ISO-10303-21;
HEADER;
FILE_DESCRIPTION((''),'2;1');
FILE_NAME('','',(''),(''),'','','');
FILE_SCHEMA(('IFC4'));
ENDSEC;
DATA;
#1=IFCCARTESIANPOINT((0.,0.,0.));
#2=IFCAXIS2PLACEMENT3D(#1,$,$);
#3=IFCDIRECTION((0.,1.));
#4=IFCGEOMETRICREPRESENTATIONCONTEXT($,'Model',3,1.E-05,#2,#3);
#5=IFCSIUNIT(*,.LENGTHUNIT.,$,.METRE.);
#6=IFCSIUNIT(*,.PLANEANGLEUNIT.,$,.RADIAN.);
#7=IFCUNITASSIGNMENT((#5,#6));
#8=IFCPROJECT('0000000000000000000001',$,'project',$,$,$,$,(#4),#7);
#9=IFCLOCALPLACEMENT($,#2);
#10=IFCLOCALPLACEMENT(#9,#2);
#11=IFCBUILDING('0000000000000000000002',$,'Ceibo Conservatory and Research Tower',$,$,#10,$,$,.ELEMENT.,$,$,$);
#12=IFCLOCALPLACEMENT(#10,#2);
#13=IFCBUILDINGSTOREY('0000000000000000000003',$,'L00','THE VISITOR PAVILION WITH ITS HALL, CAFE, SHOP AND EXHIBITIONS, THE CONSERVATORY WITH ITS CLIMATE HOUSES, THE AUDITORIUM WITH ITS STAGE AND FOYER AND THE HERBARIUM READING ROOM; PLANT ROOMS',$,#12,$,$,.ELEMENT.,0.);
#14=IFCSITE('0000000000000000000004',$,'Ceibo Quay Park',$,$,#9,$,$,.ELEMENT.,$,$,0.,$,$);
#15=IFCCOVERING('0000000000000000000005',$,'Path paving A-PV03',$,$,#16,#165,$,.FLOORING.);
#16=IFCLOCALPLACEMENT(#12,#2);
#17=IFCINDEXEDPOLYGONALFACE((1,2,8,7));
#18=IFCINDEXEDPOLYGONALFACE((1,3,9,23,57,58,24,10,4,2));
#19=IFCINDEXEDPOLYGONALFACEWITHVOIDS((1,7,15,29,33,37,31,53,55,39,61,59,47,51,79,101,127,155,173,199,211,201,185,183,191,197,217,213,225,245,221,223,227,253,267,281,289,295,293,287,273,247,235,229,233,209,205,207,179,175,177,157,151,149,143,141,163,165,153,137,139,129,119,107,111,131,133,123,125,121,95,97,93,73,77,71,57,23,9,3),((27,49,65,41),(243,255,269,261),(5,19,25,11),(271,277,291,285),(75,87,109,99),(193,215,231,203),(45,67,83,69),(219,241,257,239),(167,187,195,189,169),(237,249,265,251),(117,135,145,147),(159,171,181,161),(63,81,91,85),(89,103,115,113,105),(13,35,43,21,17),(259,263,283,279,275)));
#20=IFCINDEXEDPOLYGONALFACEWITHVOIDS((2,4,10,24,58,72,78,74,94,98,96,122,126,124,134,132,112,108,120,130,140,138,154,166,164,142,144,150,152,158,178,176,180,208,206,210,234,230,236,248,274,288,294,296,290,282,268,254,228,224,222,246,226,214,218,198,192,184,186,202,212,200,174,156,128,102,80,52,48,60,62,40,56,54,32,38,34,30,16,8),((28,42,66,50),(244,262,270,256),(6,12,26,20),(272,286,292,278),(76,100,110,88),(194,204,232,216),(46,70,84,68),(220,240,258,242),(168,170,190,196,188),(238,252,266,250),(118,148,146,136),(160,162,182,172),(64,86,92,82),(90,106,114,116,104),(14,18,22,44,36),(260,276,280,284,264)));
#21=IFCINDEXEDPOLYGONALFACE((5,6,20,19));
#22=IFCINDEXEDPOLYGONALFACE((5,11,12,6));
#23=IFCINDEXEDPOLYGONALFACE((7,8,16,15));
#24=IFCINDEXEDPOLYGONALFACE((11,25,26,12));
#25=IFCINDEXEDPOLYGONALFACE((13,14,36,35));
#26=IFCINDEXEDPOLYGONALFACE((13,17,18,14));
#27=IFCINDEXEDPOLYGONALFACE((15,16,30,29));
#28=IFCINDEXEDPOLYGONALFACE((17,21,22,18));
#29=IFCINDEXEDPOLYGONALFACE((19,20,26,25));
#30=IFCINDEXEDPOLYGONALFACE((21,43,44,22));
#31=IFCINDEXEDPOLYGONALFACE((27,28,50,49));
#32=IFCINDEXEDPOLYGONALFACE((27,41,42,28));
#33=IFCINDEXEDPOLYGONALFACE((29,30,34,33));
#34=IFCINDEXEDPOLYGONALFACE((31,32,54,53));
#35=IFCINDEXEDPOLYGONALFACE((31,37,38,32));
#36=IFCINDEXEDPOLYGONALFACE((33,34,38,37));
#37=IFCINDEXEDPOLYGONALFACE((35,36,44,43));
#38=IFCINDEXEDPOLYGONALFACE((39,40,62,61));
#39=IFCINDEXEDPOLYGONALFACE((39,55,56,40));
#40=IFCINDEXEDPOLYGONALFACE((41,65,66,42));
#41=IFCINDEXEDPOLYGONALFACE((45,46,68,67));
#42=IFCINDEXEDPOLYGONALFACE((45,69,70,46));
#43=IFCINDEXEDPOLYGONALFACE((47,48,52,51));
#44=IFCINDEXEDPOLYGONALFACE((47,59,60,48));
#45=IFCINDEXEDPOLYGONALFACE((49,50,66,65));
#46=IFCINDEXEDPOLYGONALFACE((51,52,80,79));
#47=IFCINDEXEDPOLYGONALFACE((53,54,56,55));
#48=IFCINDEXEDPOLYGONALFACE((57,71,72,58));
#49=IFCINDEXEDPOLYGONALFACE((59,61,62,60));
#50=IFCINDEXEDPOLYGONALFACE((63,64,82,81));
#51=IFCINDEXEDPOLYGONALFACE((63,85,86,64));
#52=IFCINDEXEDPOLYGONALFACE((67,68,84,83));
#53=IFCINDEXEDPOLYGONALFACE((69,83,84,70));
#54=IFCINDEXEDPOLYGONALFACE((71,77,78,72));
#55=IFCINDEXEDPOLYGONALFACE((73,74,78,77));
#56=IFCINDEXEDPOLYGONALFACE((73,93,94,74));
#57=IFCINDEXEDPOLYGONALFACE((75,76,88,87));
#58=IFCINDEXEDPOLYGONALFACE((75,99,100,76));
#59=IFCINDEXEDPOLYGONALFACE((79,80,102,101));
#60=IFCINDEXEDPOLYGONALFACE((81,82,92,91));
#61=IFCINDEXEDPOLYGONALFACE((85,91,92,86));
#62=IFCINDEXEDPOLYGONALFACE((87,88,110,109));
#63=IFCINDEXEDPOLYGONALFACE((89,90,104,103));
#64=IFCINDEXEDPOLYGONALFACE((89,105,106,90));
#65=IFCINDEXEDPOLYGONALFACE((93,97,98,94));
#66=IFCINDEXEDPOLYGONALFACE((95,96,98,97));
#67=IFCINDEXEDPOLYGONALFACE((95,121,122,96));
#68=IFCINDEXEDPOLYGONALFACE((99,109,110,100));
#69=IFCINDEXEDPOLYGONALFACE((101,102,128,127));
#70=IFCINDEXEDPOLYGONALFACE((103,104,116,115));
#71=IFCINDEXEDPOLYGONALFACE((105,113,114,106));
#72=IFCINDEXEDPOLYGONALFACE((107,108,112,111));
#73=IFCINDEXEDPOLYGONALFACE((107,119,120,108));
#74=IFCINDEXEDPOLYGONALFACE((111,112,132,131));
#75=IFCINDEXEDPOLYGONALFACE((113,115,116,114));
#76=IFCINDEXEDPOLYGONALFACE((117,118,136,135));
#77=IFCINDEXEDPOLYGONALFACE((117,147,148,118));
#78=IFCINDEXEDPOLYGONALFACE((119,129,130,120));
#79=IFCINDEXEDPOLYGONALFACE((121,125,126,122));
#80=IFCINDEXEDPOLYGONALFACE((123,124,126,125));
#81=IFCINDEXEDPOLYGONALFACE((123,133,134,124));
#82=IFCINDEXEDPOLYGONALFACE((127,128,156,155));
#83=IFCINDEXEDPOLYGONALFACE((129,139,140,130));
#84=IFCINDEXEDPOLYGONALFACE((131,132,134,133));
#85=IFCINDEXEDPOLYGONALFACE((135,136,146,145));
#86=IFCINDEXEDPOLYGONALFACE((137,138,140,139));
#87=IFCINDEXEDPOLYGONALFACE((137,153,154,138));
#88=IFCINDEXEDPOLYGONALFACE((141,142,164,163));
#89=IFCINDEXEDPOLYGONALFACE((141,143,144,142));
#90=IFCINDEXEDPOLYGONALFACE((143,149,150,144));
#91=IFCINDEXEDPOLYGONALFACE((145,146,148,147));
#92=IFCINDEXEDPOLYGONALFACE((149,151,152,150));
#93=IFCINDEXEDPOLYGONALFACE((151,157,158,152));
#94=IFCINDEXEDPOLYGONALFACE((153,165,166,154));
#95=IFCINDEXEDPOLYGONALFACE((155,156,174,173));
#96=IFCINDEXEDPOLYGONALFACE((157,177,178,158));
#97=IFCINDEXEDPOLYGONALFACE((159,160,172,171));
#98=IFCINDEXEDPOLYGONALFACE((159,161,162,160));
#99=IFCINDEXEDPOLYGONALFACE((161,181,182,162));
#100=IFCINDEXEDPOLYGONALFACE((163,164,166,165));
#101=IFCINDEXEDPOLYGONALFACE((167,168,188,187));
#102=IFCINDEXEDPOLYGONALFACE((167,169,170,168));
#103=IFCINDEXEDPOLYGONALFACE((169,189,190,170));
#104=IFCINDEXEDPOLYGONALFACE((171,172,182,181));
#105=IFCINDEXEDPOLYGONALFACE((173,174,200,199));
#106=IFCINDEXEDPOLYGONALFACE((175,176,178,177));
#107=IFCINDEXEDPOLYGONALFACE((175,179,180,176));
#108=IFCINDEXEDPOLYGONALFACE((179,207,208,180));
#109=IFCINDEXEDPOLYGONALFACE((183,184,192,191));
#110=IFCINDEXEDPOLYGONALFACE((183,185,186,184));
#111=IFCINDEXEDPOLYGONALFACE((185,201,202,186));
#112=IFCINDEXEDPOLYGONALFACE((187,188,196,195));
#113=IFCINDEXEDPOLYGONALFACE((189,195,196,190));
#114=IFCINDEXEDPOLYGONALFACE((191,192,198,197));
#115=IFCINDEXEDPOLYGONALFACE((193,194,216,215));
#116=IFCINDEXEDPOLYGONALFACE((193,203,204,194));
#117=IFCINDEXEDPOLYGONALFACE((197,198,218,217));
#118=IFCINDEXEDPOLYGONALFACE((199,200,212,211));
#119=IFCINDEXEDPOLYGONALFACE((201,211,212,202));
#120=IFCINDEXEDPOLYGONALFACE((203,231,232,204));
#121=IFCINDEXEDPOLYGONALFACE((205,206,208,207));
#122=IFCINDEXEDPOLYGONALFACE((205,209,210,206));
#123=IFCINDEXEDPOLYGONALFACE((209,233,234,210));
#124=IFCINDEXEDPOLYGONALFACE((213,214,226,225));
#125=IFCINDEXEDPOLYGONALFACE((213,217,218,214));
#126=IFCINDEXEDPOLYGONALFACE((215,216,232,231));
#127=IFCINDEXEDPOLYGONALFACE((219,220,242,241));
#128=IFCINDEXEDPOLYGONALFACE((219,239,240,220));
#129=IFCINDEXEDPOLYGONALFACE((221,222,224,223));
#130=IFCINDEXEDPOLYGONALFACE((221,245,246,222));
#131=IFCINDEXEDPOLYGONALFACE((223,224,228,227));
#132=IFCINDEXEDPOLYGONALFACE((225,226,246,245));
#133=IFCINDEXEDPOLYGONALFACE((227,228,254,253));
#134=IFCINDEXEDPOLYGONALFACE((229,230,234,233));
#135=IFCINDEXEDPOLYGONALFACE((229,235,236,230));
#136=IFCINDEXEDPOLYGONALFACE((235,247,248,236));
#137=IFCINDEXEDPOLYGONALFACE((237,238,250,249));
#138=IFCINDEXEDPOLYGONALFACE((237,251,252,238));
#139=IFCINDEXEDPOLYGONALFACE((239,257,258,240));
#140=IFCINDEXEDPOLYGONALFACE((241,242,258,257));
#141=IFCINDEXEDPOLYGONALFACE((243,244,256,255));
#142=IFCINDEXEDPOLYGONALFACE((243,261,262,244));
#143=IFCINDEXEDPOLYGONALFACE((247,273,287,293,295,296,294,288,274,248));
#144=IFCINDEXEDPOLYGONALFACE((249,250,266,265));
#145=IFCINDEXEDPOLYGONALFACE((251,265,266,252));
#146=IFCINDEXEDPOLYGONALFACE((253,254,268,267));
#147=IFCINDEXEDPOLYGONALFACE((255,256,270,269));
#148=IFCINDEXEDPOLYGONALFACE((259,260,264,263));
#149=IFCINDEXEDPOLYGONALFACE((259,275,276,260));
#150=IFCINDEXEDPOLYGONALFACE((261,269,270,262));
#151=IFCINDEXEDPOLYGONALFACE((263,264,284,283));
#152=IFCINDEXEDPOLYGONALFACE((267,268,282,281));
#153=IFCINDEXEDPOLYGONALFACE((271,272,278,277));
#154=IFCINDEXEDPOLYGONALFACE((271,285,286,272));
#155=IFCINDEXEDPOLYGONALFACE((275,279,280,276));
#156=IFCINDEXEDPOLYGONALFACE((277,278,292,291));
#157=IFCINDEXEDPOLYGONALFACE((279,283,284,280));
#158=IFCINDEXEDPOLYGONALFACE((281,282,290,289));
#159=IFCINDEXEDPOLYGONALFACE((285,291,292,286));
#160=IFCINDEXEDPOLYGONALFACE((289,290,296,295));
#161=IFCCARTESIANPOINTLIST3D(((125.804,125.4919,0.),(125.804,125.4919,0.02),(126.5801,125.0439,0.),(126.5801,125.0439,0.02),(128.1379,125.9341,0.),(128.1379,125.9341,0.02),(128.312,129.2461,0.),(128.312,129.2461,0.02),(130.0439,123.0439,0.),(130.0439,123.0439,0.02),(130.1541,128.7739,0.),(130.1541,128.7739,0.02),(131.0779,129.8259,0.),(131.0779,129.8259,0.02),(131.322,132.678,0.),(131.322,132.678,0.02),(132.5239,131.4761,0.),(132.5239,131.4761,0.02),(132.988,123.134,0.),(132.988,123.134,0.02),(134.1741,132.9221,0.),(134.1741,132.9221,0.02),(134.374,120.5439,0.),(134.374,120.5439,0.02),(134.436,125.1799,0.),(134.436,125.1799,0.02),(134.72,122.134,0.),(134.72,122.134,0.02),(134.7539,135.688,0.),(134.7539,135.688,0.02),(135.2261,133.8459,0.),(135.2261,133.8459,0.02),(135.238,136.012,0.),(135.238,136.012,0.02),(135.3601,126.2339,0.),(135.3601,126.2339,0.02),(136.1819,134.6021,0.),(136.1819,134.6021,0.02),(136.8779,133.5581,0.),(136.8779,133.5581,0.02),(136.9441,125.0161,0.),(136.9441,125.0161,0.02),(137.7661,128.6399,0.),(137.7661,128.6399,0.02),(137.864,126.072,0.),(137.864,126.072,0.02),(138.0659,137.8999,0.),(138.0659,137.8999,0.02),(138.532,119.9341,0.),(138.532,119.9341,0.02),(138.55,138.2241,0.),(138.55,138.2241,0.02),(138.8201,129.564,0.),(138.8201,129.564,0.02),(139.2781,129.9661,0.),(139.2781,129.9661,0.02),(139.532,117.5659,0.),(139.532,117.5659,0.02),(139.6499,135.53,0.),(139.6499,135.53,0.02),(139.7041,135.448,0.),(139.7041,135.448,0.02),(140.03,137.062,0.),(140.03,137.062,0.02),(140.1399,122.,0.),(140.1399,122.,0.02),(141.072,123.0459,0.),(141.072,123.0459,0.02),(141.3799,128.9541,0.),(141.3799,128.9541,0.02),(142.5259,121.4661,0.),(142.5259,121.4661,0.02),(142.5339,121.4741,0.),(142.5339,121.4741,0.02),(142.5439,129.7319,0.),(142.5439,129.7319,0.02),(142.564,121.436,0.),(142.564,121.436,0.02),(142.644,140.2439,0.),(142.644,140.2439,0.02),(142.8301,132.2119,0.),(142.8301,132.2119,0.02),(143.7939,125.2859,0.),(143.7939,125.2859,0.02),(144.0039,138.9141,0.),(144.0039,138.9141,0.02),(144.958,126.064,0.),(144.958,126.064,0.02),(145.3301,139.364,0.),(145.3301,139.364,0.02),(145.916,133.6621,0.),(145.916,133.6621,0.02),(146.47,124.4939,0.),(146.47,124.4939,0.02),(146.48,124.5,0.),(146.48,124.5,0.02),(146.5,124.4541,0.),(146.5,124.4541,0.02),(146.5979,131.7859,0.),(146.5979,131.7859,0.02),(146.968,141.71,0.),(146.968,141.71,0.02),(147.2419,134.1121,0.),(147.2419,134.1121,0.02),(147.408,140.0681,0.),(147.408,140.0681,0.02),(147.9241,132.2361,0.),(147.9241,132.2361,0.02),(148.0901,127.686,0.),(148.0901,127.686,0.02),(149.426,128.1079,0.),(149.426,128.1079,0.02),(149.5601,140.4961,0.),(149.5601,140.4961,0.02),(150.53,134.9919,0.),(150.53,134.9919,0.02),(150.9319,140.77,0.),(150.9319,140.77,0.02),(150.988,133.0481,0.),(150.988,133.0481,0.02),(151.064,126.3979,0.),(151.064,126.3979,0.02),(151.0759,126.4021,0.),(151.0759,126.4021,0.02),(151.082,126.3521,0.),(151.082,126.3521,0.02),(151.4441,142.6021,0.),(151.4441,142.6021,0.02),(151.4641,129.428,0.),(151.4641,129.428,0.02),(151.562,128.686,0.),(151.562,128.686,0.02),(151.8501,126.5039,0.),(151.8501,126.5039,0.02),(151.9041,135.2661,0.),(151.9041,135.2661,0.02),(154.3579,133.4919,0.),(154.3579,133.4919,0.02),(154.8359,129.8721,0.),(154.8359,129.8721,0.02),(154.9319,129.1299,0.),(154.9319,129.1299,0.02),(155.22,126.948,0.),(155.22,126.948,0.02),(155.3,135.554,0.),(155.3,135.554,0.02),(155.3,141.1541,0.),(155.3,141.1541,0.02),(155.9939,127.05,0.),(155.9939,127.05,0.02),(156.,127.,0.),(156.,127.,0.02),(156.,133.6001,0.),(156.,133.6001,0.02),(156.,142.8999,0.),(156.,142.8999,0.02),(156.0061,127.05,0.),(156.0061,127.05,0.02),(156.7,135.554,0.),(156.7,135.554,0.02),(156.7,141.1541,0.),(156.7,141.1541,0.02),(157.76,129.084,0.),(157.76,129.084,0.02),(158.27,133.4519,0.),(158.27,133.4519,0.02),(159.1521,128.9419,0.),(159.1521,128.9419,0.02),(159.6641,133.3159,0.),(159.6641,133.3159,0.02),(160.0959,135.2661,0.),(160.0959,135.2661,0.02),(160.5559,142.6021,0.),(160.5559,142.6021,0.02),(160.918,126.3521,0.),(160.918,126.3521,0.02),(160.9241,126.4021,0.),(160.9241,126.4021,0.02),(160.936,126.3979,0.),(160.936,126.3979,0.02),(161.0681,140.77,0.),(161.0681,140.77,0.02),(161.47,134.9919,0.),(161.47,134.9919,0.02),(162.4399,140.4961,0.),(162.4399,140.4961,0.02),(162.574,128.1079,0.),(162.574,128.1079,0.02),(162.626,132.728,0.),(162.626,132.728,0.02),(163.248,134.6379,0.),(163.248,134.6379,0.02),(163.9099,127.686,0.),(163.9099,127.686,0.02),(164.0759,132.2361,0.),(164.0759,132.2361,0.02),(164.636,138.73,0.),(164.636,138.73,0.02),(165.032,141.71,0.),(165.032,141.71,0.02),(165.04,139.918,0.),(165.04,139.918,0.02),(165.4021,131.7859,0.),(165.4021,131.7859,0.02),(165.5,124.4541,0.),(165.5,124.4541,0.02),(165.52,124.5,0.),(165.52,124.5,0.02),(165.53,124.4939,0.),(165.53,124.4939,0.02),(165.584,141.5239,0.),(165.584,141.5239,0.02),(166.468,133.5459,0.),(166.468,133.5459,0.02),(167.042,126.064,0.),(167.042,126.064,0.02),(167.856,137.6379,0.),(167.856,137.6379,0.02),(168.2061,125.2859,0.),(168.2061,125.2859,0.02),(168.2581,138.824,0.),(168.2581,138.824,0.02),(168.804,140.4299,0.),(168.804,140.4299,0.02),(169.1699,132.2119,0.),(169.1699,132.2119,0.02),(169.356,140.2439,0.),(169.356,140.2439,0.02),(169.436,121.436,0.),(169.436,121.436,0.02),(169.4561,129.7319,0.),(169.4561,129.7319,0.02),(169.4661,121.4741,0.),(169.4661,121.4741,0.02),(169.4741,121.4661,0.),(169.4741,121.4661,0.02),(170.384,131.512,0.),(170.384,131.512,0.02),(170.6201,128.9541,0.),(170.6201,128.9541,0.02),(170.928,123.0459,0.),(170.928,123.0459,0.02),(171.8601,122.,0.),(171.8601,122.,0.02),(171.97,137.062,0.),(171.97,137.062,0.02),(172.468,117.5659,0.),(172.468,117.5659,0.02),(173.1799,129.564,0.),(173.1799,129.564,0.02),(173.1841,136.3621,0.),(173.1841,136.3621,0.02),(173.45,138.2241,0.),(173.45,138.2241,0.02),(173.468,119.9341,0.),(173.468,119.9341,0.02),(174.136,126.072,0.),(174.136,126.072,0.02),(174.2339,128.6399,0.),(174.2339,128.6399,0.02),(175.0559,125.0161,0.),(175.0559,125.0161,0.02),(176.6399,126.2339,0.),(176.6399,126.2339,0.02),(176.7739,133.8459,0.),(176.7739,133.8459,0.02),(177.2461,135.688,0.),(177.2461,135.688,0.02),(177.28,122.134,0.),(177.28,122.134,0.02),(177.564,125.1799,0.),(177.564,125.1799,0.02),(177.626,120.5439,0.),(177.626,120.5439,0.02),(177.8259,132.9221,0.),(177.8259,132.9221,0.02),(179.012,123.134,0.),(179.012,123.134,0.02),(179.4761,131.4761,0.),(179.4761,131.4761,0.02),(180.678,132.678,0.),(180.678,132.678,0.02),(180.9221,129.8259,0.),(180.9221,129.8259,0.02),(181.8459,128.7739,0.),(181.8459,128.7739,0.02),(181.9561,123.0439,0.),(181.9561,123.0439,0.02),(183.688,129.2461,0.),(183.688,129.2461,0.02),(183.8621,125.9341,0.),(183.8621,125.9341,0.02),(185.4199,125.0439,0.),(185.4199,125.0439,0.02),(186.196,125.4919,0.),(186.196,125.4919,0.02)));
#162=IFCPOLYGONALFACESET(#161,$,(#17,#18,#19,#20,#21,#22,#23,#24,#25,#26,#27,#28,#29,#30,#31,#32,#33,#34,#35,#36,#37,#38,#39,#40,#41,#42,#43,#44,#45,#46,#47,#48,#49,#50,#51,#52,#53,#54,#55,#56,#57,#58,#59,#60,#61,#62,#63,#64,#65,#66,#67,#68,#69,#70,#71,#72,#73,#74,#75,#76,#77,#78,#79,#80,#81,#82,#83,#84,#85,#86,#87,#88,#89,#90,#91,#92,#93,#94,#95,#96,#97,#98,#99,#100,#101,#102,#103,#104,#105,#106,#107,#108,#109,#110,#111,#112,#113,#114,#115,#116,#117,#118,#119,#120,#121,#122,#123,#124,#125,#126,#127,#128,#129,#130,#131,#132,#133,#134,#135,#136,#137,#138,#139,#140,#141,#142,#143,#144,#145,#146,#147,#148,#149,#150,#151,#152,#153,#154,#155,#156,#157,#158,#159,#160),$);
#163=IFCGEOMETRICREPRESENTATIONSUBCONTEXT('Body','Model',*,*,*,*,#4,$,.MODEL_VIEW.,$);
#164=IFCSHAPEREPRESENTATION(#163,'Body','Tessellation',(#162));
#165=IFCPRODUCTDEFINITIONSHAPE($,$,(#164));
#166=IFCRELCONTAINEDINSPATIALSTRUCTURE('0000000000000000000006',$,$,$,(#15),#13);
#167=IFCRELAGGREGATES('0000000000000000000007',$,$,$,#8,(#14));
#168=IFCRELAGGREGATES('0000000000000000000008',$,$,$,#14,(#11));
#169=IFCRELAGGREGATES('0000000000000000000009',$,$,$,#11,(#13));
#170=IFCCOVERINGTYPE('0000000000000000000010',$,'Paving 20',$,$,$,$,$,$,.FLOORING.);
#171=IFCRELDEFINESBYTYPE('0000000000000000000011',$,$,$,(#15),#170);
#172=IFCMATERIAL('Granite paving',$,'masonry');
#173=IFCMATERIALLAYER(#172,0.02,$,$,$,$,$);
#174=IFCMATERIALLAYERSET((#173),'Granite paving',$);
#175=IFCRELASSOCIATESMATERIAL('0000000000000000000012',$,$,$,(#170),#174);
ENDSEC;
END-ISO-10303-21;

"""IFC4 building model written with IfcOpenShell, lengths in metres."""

from ifc_helpers import new_model, si_unit, direction, origin, place, context, subcontext, project, spatial, polyline, outline, extrude, material, layer, layer_set, type_object, element, save


model = new_model("IFC4")

# Units and contexts
model_context = context("Model", 3, precision=1e-05, world=origin(), true_north=direction((0.0, 1.0)))
body_context = subcontext(model_context, "Body", "Model", "MODEL_VIEW")
ifc_project = project(units=[si_unit("LENGTHUNIT", "METRE"), si_unit("PLANEANGLEUNIT", "RADIAN")], contexts=[model_context])

# Site, building, storey
site_placement = place(None, origin())
site = spatial("IfcSite", under=ifc_project, at=site_placement, Name="Ceibo Quay Park", CompositionType="ELEMENT", RefElevation=0.0)
building_placement = place(site_placement, origin())
building = spatial("IfcBuilding", under=site, at=building_placement, Name="Ceibo Conservatory and Research Tower", CompositionType="ELEMENT")
storey_placement = place(building_placement, origin())
storey = spatial("IfcBuildingStorey", under=building, at=storey_placement, Name="L00", Description="THE VISITOR PAVILION WITH ITS HALL, CAFE, SHOP AND EXHIBITIONS, THE CONSERVATORY WITH ITS CLIMATE HOUSES, THE AUDITORIUM WITH ITS STAGE AND FOYER AND THE HERBARIUM READING ROOM; PLANT ROOMS", CompositionType="ELEMENT", Elevation=0.0)

# Covering
ifc_material_1 = material(Name="Granite paving", Category="masonry")
ifc_layer_1 = layer(ifc_material_1, 0.02)
ifc_layer_set_1 = layer_set([ifc_layer_1], Name="Granite paving")
covering_type_1 = type_object("IfcCoveringType", Name="Paving 20", PredefinedType="FLOORING", material=ifc_layer_set_1)
covering_1_placement = place(storey_placement, origin())
element("IfcCovering", 1, at=covering_1_placement, inside=storey, type_object=covering_type_1, Name="Path paving A-PV03", PredefinedType="FLOORING", context=body_context, shape_type="SweptSolid", body=[
    extrude(outline(polyline([(138.55, 138.2241), (138.0659, 137.8999), (139.6499, 135.53), (139.7041, 135.448), (136.8779, 133.5581), (139.2781, 129.9661), (138.8201, 129.564), (135.2261, 133.8459), (136.1819, 134.6021), (135.238, 136.012), (134.7539, 135.688), (131.322, 132.678), (128.312, 129.2461), (125.804, 125.4919), (126.5801, 125.0439), (130.0439, 123.0439), (134.374, 120.5439), (139.532, 117.5659), (142.5259, 121.4661), (142.564, 121.436), (142.5339, 121.4741), (146.47, 124.4939), (146.5, 124.4541), (146.48, 124.5), (151.064, 126.3979), (151.082, 126.3521), (151.0759, 126.4021), (151.8501, 126.5039), (151.562, 128.686), (149.426, 128.1079), (147.9241, 132.2361), (150.988, 133.0481), (151.4641, 129.428), (154.8359, 129.8721), (154.3579, 133.4919), (156.0, 133.6001), (158.27, 133.4519), (157.76, 129.084), (154.9319, 129.1299), (155.22, 126.948), (155.9939, 127.05), (156.0, 127.0), (156.0061, 127.05), (160.9241, 126.4021), (160.918, 126.3521), (160.936, 126.3979), (165.52, 124.5), (165.5, 124.4541), (165.53, 124.4939), (169.4661, 121.4741), (169.436, 121.436), (169.4741, 121.4661), (172.468, 117.5659), (177.626, 120.5439), (181.9561, 123.0439), (185.4199, 125.0439), (186.196, 125.4919), (183.688, 129.2461), (180.678, 132.678), (177.2461, 135.688), (173.45, 138.2241), (169.356, 140.2439), (168.804, 140.4299), (168.2581, 138.824), (171.97, 137.062), (169.1699, 132.2119), (166.468, 133.5459), (167.856, 137.6379), (164.636, 138.73), (163.248, 134.6379), (161.47, 134.9919), (162.4399, 140.4961), (165.04, 139.918), (165.584, 141.5239), (165.032, 141.71), (160.5559, 142.6021), (156.0, 142.8999), (151.4441, 142.6021), (146.968, 141.71), (142.644, 140.2439), (138.55, 138.2241)]), holes=[polyline([(181.8459, 128.7739), (183.8621, 125.9341), (179.012, 123.134), (177.564, 125.1799), (181.8459, 128.7739)]), polyline([(179.4761, 131.4761), (180.9221, 129.8259), (176.6399, 126.2339), (174.2339, 128.6399), (177.8259, 132.9221), (179.4761, 131.4761)]), polyline([(175.0559, 125.0161), (177.28, 122.134), (173.468, 119.9341), (171.8601, 122.0), (175.0559, 125.0161)]), polyline([(173.1841, 136.3621), (176.7739, 133.8459), (173.1799, 129.564), (170.384, 131.512), (173.1841, 136.3621)]), polyline([(168.2061, 125.2859), (170.6201, 128.9541), (174.136, 126.072), (170.928, 123.0459), (168.2061, 125.2859)]), polyline([(165.4021, 131.7859), (169.4561, 129.7319), (167.042, 126.064), (163.9099, 127.686), (165.4021, 131.7859)]), polyline([(164.0759, 132.2361), (162.574, 128.1079), (159.1521, 128.9419), (159.6641, 133.3159), (162.626, 132.728), (164.0759, 132.2361)]), polyline([(156.7, 135.554), (156.7, 141.1541), (161.0681, 140.77), (160.0959, 135.2661), (156.7, 135.554)]), polyline([(151.9041, 135.2661), (150.9319, 140.77), (155.3, 141.1541), (155.3, 135.554), (151.9041, 135.2661)]), polyline([(147.408, 140.0681), (149.5601, 140.4961), (150.53, 134.9919), (147.2419, 134.1121), (145.3301, 139.364), (147.408, 140.0681)]), polyline([(144.958, 126.064), (142.5439, 129.7319), (146.5979, 131.7859), (148.0901, 127.686), (144.958, 126.064)]), polyline([(142.8301, 132.2119), (140.03, 137.062), (144.0039, 138.9141), (145.916, 133.6621), (142.8301, 132.2119)]), polyline([(141.3799, 128.9541), (143.7939, 125.2859), (141.072, 123.0459), (137.864, 126.072), (141.3799, 128.9541)]), polyline([(138.532, 119.9341), (134.72, 122.134), (136.9441, 125.0161), (140.1399, 122.0), (138.532, 119.9341)]), polyline([(132.5239, 131.4761), (134.1741, 132.9221), (137.7661, 128.6399), (135.3601, 126.2339), (131.0779, 129.8259), (132.5239, 131.4761)]), polyline([(132.988, 123.134), (128.1379, 125.9341), (130.1541, 128.7739), (134.436, 125.1799), (132.988, 123.134)])]), origin(), (0.0, 0.0, 1.0), 0.02),
])

save(model, "model.ifc")
